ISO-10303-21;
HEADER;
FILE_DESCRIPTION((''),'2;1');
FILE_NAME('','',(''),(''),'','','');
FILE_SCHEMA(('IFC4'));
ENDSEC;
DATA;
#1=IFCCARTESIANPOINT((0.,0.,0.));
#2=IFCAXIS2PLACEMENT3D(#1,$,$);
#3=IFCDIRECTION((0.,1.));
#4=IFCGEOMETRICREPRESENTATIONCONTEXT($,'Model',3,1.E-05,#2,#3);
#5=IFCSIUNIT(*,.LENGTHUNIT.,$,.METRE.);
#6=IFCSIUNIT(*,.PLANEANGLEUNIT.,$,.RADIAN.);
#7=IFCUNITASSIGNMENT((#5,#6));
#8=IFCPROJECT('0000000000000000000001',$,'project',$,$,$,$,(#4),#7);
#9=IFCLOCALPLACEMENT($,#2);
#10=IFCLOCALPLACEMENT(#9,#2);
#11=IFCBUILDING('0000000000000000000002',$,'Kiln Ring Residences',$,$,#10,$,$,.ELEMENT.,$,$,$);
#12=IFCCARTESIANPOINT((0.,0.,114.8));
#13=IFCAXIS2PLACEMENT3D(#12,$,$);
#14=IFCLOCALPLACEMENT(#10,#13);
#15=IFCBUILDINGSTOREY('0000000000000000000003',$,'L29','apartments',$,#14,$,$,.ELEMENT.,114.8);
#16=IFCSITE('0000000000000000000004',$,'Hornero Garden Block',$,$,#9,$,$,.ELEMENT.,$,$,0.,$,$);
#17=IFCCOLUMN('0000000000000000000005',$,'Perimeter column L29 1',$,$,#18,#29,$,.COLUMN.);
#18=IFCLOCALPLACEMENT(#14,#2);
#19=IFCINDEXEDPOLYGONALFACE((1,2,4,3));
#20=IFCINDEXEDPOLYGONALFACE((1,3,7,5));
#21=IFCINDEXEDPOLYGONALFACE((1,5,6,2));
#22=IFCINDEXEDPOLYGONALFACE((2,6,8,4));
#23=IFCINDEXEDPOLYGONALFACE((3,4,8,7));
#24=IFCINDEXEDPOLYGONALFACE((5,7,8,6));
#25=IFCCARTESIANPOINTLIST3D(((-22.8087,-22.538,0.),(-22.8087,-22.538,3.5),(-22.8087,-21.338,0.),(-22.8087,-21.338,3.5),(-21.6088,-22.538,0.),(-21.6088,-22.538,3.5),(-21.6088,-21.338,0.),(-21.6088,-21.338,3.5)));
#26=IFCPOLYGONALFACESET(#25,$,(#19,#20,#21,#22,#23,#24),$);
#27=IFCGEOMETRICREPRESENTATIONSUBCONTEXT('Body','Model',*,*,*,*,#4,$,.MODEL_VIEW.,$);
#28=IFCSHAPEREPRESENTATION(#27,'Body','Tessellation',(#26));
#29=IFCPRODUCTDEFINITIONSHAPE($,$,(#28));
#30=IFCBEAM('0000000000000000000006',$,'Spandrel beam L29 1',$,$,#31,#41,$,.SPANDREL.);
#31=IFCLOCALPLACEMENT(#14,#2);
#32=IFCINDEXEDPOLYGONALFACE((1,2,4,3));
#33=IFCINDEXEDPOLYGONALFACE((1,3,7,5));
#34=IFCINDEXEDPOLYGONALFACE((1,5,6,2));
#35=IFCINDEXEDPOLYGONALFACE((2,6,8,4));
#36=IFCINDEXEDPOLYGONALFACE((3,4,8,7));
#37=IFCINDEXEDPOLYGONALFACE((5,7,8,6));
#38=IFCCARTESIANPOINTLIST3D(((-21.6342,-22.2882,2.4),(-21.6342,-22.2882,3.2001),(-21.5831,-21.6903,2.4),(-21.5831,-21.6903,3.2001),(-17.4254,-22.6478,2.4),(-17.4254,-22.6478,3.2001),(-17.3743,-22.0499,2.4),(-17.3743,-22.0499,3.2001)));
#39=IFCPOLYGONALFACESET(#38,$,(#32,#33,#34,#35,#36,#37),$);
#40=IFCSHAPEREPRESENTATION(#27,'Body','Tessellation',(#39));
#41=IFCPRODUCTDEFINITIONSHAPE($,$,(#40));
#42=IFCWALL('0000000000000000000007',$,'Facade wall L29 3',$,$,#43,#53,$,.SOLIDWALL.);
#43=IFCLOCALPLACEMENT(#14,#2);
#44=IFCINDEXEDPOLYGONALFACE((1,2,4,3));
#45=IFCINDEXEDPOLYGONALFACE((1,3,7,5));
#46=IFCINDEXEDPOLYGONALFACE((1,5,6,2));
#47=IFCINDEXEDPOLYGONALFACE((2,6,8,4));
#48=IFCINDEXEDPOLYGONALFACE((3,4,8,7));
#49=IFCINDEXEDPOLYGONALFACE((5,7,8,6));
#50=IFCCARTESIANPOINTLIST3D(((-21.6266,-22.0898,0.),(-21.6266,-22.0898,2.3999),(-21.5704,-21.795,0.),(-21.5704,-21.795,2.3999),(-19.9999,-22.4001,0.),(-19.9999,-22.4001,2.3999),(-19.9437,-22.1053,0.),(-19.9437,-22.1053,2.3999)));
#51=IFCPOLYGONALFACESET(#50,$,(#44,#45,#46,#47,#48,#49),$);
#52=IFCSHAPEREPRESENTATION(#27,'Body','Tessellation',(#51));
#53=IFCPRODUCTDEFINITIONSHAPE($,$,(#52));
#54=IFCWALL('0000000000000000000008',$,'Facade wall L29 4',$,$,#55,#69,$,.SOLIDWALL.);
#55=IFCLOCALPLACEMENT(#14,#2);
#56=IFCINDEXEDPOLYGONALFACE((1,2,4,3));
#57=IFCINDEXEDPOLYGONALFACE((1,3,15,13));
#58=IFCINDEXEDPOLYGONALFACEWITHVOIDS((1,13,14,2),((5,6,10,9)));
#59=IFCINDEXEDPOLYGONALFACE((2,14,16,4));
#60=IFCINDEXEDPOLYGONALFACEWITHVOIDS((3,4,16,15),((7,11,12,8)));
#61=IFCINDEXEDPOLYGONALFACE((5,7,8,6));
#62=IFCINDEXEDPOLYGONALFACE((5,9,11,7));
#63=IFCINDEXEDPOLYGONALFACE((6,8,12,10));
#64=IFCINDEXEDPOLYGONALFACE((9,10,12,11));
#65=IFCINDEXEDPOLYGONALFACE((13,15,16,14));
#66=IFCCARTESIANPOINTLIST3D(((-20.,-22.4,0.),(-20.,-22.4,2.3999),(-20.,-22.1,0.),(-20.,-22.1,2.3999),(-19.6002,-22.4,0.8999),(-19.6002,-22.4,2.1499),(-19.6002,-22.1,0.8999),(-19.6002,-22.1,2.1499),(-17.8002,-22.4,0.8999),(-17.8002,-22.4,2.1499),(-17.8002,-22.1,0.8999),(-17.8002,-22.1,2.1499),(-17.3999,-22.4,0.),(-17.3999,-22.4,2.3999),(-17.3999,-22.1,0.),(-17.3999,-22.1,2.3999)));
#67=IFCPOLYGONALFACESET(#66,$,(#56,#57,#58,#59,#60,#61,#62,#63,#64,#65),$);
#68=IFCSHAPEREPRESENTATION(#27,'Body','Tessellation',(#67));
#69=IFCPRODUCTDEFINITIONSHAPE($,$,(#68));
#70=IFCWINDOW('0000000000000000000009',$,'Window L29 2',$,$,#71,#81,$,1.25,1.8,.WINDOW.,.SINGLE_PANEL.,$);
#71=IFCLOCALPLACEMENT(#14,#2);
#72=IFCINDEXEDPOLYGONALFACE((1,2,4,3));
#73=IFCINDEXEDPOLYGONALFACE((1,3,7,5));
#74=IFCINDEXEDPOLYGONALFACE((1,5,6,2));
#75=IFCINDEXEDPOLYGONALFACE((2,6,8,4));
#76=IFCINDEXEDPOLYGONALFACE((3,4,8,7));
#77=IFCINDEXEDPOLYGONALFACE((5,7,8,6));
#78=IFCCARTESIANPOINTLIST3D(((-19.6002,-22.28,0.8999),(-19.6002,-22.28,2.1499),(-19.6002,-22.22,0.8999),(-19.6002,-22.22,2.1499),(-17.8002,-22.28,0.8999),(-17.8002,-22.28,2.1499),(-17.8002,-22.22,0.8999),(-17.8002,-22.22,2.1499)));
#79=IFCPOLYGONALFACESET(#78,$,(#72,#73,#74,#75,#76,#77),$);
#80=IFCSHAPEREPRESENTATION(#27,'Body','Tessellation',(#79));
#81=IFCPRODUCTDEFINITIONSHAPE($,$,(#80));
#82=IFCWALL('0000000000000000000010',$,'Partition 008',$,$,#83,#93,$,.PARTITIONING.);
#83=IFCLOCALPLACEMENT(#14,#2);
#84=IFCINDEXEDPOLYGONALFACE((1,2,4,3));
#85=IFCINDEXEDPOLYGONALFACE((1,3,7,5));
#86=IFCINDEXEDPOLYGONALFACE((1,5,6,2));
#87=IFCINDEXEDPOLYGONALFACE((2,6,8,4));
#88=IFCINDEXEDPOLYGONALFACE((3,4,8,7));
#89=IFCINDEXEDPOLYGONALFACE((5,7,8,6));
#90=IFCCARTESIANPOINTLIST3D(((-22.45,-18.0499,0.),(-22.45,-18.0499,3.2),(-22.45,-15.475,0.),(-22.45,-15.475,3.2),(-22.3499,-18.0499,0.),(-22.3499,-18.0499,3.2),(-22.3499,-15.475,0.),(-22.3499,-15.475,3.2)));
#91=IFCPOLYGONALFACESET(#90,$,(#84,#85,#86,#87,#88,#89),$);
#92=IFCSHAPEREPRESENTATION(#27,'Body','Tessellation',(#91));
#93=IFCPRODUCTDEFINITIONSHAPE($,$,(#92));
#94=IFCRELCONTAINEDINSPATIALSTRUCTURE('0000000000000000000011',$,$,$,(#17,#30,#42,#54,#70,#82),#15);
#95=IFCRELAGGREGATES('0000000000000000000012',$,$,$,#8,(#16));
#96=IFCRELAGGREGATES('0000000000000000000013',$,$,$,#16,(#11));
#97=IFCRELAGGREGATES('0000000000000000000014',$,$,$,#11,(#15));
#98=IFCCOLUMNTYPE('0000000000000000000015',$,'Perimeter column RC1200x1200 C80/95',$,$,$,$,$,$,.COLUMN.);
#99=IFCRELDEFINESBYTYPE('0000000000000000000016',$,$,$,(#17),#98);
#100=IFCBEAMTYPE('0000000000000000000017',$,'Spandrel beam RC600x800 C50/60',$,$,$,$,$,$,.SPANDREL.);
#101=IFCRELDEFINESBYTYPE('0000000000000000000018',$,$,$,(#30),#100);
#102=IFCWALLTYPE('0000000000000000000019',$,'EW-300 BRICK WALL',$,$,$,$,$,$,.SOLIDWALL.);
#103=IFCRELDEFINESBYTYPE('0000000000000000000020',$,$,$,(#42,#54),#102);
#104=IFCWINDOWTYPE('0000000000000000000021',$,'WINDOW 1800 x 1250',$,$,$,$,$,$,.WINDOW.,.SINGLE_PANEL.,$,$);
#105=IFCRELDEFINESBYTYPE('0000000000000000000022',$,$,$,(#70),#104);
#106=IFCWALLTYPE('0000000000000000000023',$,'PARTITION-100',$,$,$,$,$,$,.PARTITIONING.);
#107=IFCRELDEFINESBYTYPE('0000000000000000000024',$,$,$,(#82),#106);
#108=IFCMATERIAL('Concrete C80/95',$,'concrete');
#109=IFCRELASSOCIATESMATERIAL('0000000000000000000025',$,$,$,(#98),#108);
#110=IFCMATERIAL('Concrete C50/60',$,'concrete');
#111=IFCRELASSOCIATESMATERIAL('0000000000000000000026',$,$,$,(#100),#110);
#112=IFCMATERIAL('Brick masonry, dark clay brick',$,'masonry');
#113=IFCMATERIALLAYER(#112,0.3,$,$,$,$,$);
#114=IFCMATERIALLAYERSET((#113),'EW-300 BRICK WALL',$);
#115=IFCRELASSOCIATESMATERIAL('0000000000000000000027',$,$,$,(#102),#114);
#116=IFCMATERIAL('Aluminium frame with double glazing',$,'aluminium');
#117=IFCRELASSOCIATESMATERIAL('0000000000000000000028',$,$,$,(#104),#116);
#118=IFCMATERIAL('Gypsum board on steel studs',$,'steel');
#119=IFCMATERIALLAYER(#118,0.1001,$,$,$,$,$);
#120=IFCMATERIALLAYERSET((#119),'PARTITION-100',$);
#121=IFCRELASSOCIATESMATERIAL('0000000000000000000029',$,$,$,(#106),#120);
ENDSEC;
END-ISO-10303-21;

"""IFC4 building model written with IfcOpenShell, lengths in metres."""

from ifc_helpers import new_model, si_unit, direction, frame, frame_2d, origin, origin_2d, place, context, subcontext, project, spatial, rectangle, extrude, material, layer, layer_set, material_profile, profile_set, type_object, element, fill, save


model = new_model("IFC4")

# Units and contexts
model_context = context("Model", 3, precision=1e-05, world=origin(), true_north=direction((0.0, 1.0)))
body_context = subcontext(model_context, "Body", "Model", "MODEL_VIEW")
ifc_project = project(units=[si_unit("LENGTHUNIT", "METRE"), si_unit("PLANEANGLEUNIT", "RADIAN")], contexts=[model_context])

# Site, building, storey
site_placement = place(None, origin())
site = spatial("IfcSite", under=ifc_project, at=site_placement, Name="Hornero Garden Block", CompositionType="ELEMENT", RefElevation=0.0)
building_placement = place(site_placement, origin())
building = spatial("IfcBuilding", under=site, at=building_placement, Name="Kiln Ring Residences", CompositionType="ELEMENT")
storey_placement = place(building_placement, frame((0.0, 0.0, 114.8)))
storey = spatial("IfcBuildingStorey", under=building, at=storey_placement, Name="L29", Description="apartments", CompositionType="ELEMENT", Elevation=114.8)

# Column
ifc_material_1 = material(Name="Concrete C80/95", Category="concrete")
ifc_material_profile_1 = material_profile(ifc_material_1, rectangle(XDim=1.2, YDim=1.2, at=origin_2d()), Name="RC1200x1200")
ifc_profile_set_1 = profile_set([ifc_material_profile_1], Name="Concrete C80/95")
column_type = type_object("IfcColumnType", Name="Perimeter column RC1200x1200 C80/95", PredefinedType="COLUMN", material=ifc_profile_set_1)
column_placement = place(storey_placement, frame((-22.2087, -21.938, 0.0), z_axis=(0.0, 0.0, 1.0), x_axis=(1.0, 0.0, 0.0)))
element("IfcColumn", 1, at=column_placement, inside=storey, type_object=column_type, Name="Perimeter column L29 1", PredefinedType="COLUMN", context=body_context, shape_type="SweptSolid", body=[
    extrude(rectangle(XDim=1.2, YDim=1.2, at=origin_2d()), origin(), (0.0, 0.0, 1.0), 3.5),
])

# Beam
ifc_material_2 = material(Name="Concrete C50/60", Category="concrete")
ifc_material_profile_2 = material_profile(ifc_material_2, rectangle(XDim=0.6001, YDim=0.8, at=origin_2d()), Name="RC600x800")
ifc_profile_set_2 = profile_set([ifc_material_profile_2], Name="Concrete C50/60")
beam_type = type_object("IfcBeamType", Name="Spandrel beam RC600x800 C50/60", PredefinedType="SPANDREL", material=ifc_profile_set_2)
beam_placement = place(storey_placement, frame((-21.6086, -21.9893, 2.8), z_axis=(0.996369, -0.085136, 0.0), x_axis=(0.085136, 0.996369, 0.0)))
element("IfcBeam", 2, at=beam_placement, inside=storey, type_object=beam_type, Name="Spandrel beam L29 1", PredefinedType="SPANDREL", context=body_context, shape_type="SweptSolid", body=[
    extrude(rectangle(XDim=0.6001, YDim=0.8, at=origin_2d()), origin(), (0.0, 0.0, 1.0), 4.2241),
])

# Wall
ifc_material_3 = material(Name="Brick masonry, dark clay brick", Category="masonry")
ifc_layer_1 = layer(ifc_material_3, 0.3)
ifc_layer_set_1 = layer_set([ifc_layer_1], Name="EW-300 BRICK WALL")
wall_type_1 = type_object("IfcWallType", Name="EW-300 BRICK WALL", PredefinedType="SOLIDWALL", material=ifc_layer_set_1)
wall_1_placement = place(storey_placement, frame((-21.5986, -21.9424, 0.0), z_axis=(0.0, 0.0, 1.0), x_axis=(0.982288, -0.187376, 0.0)))
element("IfcWall", 3, at=wall_1_placement, inside=storey, type_object=wall_type_1, Name="Facade wall L29 3", PredefinedType="SOLIDWALL", context=body_context, shape_type="SweptSolid", body=[
    extrude(rectangle(XDim=1.656, YDim=0.3, at=frame_2d((0.8281, 0.0))), origin(), (0.0, 0.0, 1.0), 2.3999),
])

# Wall, opening, window
wall_2_placement = place(storey_placement, frame((-20.0, -22.25, 0.0), z_axis=(0.0, 0.0, 1.0), x_axis=(1.0, 0.0, 0.0)))
wall_2 = element("IfcWall", 4, at=wall_2_placement, inside=storey, type_object=wall_type_1, Name="Facade wall L29 4", PredefinedType="SOLIDWALL", context=body_context, shape_type="SweptSolid", body=[
    extrude(rectangle(XDim=2.6001, YDim=0.3, at=frame_2d((1.3, 0.0))), origin(), (0.0, 0.0, 1.0), 2.3999),
])
opening_placement = place(wall_2_placement, frame((0.3999, 0.0, 0.8999)))
opening = element("IfcOpeningElement", 5, at=opening_placement, cuts=wall_2, PredefinedType="OPENING", context=body_context, shape_type="SweptSolid", body=[
    extrude(rectangle(XDim=1.8, YDim=1.25, at=frame_2d((0.8999, 0.625))), frame((0.0, 0.1599, 0.0), z_axis=(0.0, -1.0, 0.0), x_axis=(1.0, 0.0, 0.0)), (0.0, 0.0, 1.0), 0.3201),
])
ifc_material_4 = material(Name="Aluminium frame with double glazing", Category="aluminium")
window_type = type_object("IfcWindowType", Name="WINDOW 1800 x 1250", PartitioningType="SINGLE_PANEL", PredefinedType="WINDOW", material=ifc_material_4)
window_placement = place(opening_placement, origin())
window = element("IfcWindow", 6, at=window_placement, inside=storey, type_object=window_type, Name="Window L29 2", OverallHeight=1.25, OverallWidth=1.8, PartitioningType="SINGLE_PANEL", PredefinedType="WINDOW", context=body_context, shape_type="SweptSolid", body=[
    extrude(rectangle(XDim=1.8, YDim=1.25, at=frame_2d((0.8999, 0.625))), frame((0.0, 0.03, 0.0), z_axis=(0.0, -1.0, 0.0), x_axis=(1.0, 0.0, 0.0)), (0.0, 0.0, 1.0), 0.0601),
])
fill(opening, window)

# Wall
ifc_material_5 = material(Name="Gypsum board on steel studs", Category="steel")
ifc_layer_2 = layer(ifc_material_5, 0.1001)
ifc_layer_set_2 = layer_set([ifc_layer_2], Name="PARTITION-100")
wall_type_2 = type_object("IfcWallType", Name="PARTITION-100", PredefinedType="PARTITIONING", material=ifc_layer_set_2)
wall_3_placement = place(storey_placement, frame((-22.3999, -18.05, 0.0), z_axis=(0.0, 0.0, 1.0), x_axis=(0.0, 1.0, 0.0)))
element("IfcWall", 7, at=wall_3_placement, inside=storey, type_object=wall_type_2, Name="Partition 008", PredefinedType="PARTITIONING", context=body_context, shape_type="SweptSolid", body=[
    extrude(rectangle(XDim=2.575, YDim=0.1001, at=frame_2d((1.2876, 0.0))), origin(), (0.0, 0.0, 1.0), 3.2),
])

save(model, "model.ifc")
